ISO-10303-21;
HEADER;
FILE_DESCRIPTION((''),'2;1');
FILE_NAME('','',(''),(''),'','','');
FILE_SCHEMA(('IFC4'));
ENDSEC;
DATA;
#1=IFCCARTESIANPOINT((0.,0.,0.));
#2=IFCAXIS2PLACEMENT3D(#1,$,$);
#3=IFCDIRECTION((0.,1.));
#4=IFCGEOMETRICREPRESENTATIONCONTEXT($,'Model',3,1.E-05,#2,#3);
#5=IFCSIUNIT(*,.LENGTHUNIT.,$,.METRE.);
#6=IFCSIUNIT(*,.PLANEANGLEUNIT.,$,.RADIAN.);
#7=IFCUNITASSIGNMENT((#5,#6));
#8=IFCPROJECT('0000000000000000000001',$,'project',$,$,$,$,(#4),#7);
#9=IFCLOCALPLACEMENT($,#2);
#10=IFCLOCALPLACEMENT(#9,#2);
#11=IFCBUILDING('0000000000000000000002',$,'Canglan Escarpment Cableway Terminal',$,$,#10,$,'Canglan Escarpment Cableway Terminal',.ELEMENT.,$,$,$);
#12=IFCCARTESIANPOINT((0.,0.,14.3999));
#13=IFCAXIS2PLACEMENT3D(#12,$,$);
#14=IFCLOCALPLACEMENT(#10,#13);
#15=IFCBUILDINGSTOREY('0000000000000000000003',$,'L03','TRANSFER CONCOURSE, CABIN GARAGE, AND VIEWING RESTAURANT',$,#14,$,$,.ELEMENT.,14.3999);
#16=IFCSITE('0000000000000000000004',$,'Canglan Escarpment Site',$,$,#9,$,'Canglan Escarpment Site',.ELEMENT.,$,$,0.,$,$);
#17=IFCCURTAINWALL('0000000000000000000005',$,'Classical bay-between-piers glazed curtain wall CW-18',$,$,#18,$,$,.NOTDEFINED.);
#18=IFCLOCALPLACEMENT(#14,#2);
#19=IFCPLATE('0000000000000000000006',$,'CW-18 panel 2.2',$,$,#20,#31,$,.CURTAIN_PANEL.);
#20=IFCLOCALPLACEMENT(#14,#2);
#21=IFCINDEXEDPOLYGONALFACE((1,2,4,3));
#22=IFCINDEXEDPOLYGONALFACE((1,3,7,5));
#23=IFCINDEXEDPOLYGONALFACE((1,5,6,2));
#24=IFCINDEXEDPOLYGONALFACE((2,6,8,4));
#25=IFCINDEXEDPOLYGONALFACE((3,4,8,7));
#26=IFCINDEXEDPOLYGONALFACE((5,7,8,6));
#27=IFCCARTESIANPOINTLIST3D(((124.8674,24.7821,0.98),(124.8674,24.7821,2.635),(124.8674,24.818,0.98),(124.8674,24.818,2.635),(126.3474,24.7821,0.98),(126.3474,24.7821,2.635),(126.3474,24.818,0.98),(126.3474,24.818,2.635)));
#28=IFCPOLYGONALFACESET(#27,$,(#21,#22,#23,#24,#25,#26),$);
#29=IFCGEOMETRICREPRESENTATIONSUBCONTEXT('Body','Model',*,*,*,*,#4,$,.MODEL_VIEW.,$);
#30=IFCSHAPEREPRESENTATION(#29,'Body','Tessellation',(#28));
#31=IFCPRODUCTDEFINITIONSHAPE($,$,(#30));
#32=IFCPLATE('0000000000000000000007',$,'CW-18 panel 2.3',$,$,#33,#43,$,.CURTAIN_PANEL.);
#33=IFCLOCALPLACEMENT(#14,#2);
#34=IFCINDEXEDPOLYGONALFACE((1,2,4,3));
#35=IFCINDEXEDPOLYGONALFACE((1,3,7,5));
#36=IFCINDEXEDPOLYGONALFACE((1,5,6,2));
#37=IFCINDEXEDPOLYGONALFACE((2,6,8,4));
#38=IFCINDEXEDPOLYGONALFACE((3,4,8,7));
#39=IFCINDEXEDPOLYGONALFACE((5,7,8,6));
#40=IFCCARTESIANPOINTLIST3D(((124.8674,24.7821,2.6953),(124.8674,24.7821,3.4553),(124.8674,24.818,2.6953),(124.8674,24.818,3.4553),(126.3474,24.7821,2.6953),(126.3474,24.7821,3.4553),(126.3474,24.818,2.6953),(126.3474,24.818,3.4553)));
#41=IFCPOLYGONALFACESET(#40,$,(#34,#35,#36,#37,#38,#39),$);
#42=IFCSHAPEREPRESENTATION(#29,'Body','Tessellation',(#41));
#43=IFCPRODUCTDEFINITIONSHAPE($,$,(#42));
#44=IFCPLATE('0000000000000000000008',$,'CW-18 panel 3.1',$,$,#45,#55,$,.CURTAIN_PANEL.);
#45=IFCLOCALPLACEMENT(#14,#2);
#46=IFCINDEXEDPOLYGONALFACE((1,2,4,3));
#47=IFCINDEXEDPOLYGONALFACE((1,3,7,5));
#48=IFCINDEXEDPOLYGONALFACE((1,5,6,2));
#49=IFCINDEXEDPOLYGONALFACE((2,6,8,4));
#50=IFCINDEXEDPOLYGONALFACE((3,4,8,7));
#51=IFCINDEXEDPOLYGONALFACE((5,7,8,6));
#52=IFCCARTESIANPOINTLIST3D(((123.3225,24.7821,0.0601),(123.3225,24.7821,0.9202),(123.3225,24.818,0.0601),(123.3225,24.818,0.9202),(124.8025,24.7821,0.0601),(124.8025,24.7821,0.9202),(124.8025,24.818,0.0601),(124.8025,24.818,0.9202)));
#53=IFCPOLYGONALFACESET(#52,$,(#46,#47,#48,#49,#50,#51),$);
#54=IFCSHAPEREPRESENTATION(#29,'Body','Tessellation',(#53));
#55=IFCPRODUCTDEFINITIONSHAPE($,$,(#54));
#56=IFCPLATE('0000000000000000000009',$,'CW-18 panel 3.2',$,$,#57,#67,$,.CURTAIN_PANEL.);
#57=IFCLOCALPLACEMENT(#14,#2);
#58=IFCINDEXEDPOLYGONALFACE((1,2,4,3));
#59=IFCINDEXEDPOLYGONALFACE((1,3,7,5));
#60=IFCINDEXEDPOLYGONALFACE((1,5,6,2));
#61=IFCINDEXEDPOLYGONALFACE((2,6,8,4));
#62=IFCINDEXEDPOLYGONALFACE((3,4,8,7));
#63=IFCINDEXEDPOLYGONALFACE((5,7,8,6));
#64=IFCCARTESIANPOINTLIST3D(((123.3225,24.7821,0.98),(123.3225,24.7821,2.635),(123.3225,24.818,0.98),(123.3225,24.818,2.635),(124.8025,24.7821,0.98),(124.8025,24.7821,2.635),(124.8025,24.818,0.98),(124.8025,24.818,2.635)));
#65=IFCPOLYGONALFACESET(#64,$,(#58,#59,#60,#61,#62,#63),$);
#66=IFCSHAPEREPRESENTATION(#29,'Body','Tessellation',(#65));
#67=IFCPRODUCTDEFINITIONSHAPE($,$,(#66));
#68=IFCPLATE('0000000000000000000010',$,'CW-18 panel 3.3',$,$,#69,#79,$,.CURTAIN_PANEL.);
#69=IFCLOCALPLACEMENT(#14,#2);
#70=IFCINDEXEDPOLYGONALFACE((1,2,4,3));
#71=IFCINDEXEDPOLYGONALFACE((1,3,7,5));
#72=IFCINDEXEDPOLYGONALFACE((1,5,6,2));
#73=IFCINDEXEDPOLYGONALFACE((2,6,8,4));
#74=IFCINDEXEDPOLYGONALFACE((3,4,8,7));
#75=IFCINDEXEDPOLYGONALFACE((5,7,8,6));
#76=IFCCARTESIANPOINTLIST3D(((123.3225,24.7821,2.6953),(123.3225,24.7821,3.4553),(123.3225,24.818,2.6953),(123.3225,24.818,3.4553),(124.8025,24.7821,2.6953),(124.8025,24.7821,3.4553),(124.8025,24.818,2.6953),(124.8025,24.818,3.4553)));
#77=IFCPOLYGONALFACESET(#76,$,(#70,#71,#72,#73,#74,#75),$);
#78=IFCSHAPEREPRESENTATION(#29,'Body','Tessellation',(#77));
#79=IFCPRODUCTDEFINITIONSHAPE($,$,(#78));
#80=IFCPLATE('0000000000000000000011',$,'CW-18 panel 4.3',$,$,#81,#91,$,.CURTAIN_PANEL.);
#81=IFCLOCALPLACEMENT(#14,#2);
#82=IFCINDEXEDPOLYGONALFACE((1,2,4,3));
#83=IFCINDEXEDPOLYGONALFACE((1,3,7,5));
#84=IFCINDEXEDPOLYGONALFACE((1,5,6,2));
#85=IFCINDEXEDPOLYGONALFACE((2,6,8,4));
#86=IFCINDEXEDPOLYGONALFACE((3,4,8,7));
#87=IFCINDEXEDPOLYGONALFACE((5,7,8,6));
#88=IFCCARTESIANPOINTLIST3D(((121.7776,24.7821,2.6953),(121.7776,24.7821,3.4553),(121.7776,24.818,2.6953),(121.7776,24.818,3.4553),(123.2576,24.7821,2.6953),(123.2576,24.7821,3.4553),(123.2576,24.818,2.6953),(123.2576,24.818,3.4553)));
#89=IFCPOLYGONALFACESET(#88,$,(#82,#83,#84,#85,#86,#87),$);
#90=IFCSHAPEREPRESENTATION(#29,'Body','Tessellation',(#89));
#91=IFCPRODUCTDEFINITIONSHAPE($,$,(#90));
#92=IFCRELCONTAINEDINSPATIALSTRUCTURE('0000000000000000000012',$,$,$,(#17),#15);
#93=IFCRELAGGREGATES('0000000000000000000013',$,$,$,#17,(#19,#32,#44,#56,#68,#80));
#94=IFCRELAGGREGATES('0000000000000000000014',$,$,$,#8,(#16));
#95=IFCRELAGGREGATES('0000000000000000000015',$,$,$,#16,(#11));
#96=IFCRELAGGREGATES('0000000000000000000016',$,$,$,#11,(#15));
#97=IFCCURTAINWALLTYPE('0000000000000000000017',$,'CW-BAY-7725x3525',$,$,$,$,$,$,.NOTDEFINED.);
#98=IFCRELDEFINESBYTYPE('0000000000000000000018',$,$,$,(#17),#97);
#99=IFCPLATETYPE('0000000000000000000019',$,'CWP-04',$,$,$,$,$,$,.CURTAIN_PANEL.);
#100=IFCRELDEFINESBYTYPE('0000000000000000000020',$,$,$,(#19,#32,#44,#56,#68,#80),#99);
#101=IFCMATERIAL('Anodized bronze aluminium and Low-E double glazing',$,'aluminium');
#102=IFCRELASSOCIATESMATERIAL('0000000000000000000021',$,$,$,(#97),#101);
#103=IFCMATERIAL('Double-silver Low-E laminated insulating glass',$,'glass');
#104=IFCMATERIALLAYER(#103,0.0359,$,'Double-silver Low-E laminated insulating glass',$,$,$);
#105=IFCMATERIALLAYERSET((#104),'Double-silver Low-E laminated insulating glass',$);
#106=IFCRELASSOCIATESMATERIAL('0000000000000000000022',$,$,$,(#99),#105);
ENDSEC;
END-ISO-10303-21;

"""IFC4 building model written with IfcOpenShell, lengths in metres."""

from ifc_helpers import new_model, si_unit, direction, frame, origin, origin_2d, place, context, subcontext, project, spatial, rectangle, extrude, material, layer, layer_set, type_object, element, aggregate, save


model = new_model("IFC4")

# Units and contexts
model_context = context("Model", 3, precision=1e-05, world=origin(), true_north=direction((0.0, 1.0)))
body_context = subcontext(model_context, "Body", "Model", "MODEL_VIEW")
ifc_project = project(units=[si_unit("LENGTHUNIT", "METRE"), si_unit("PLANEANGLEUNIT", "RADIAN")], contexts=[model_context])

# Site, building, storey
site_placement = place(None, origin())
site = spatial("IfcSite", under=ifc_project, at=site_placement, Name="Canglan Escarpment Site", LongName="Canglan Escarpment Site", CompositionType="ELEMENT", RefElevation=0.0)
building_placement = place(site_placement, origin())
building = spatial("IfcBuilding", under=site, at=building_placement, Name="Canglan Escarpment Cableway Terminal", LongName="Canglan Escarpment Cableway Terminal", CompositionType="ELEMENT")
storey_placement = place(building_placement, frame((0.0, 0.0, 14.3999)))
storey = spatial("IfcBuildingStorey", under=building, at=storey_placement, Name="L03", Description="TRANSFER CONCOURSE, CABIN GARAGE, AND VIEWING RESTAURANT", CompositionType="ELEMENT", Elevation=14.3999)

# Curtain wall, plates
ifc_material_1 = material(Name="Anodized bronze aluminium and Low-E double glazing", Category="aluminium")
curtain_wall_type = type_object("IfcCurtainWallType", Name="CW-BAY-7725x3525", PredefinedType="NOTDEFINED", material=ifc_material_1)
curtain_wall_placement = place(storey_placement, origin())
curtain_wall = element("IfcCurtainWall", 1, at=curtain_wall_placement, inside=storey, type_object=curtain_wall_type, Name="Classical bay-between-piers glazed curtain wall CW-18", PredefinedType="NOTDEFINED")
ifc_material_2 = material(Name="Double-silver Low-E laminated insulating glass", Category="glass")
ifc_layer = layer(ifc_material_2, 0.0359, Name="Double-silver Low-E laminated insulating glass")
ifc_layer_set = layer_set([ifc_layer], Name="Double-silver Low-E laminated insulating glass")
plate_type = type_object("IfcPlateType", Name="CWP-04", PredefinedType="CURTAIN_PANEL", material=ifc_layer_set)
plate_1_placement = place(storey_placement, frame((125.6074, 24.8, 0.98), z_axis=(0.0, 0.0, 1.0), x_axis=(-1.0, 0.0, 0.0)))
plate_1 = element("IfcPlate", 2, at=plate_1_placement, type_object=plate_type, Name="CW-18 panel 2.2", PredefinedType="CURTAIN_PANEL", context=body_context, shape_type="SweptSolid", body=[
    extrude(rectangle(XDim=1.48, YDim=0.0359, at=origin_2d()), origin(), (0.0, 0.0, 1.0), 1.655),
])
plate_2_placement = place(storey_placement, frame((125.6074, 24.8, 2.6953), z_axis=(0.0, 0.0, 1.0), x_axis=(-1.0, 0.0, 0.0)))
plate_2 = element("IfcPlate", 3, at=plate_2_placement, type_object=plate_type, Name="CW-18 panel 2.3", PredefinedType="CURTAIN_PANEL", context=body_context, shape_type="SweptSolid", body=[
    extrude(rectangle(XDim=1.48, YDim=0.0359, at=origin_2d()), origin(), (0.0, 0.0, 1.0), 0.76),
])
plate_3_placement = place(storey_placement, frame((124.0625, 24.8, 0.0601), z_axis=(0.0, 0.0, 1.0), x_axis=(-1.0, 0.0, 0.0)))
plate_3 = element("IfcPlate", 4, at=plate_3_placement, type_object=plate_type, Name="CW-18 panel 3.1", PredefinedType="CURTAIN_PANEL", context=body_context, shape_type="SweptSolid", body=[
    extrude(rectangle(XDim=1.48, YDim=0.0359, at=origin_2d()), origin(), (0.0, 0.0, 1.0), 0.8601),
])
plate_4_placement = place(storey_placement, frame((124.0625, 24.8, 0.98), z_axis=(0.0, 0.0, 1.0), x_axis=(-1.0, 0.0, 0.0)))
plate_4 = element("IfcPlate", 5, at=plate_4_placement, type_object=plate_type, Name="CW-18 panel 3.2", PredefinedType="CURTAIN_PANEL", context=body_context, shape_type="SweptSolid", body=[
    extrude(rectangle(XDim=1.48, YDim=0.0359, at=origin_2d()), origin(), (0.0, 0.0, 1.0), 1.655),
])
plate_5_placement = place(storey_placement, frame((124.0625, 24.8, 2.6953), z_axis=(0.0, 0.0, 1.0), x_axis=(-1.0, 0.0, 0.0)))
plate_5 = element("IfcPlate", 6, at=plate_5_placement, type_object=plate_type, Name="CW-18 panel 3.3", PredefinedType="CURTAIN_PANEL", context=body_context, shape_type="SweptSolid", body=[
    extrude(rectangle(XDim=1.48, YDim=0.0359, at=origin_2d()), origin(), (0.0, 0.0, 1.0), 0.76),
])
plate_6_placement = place(storey_placement, frame((122.5176, 24.8, 2.6953), z_axis=(0.0, 0.0, 1.0), x_axis=(-1.0, 0.0, 0.0)))
plate_6 = element("IfcPlate", 7, at=plate_6_placement, type_object=plate_type, Name="CW-18 panel 4.3", PredefinedType="CURTAIN_PANEL", context=body_context, shape_type="SweptSolid", body=[
    extrude(rectangle(XDim=1.48, YDim=0.0359, at=origin_2d()), origin(), (0.0, 0.0, 1.0), 0.76),
])
aggregate(curtain_wall, [plate_1, plate_2, plate_3, plate_4, plate_5, plate_6])

save(model, "model.ifc")
